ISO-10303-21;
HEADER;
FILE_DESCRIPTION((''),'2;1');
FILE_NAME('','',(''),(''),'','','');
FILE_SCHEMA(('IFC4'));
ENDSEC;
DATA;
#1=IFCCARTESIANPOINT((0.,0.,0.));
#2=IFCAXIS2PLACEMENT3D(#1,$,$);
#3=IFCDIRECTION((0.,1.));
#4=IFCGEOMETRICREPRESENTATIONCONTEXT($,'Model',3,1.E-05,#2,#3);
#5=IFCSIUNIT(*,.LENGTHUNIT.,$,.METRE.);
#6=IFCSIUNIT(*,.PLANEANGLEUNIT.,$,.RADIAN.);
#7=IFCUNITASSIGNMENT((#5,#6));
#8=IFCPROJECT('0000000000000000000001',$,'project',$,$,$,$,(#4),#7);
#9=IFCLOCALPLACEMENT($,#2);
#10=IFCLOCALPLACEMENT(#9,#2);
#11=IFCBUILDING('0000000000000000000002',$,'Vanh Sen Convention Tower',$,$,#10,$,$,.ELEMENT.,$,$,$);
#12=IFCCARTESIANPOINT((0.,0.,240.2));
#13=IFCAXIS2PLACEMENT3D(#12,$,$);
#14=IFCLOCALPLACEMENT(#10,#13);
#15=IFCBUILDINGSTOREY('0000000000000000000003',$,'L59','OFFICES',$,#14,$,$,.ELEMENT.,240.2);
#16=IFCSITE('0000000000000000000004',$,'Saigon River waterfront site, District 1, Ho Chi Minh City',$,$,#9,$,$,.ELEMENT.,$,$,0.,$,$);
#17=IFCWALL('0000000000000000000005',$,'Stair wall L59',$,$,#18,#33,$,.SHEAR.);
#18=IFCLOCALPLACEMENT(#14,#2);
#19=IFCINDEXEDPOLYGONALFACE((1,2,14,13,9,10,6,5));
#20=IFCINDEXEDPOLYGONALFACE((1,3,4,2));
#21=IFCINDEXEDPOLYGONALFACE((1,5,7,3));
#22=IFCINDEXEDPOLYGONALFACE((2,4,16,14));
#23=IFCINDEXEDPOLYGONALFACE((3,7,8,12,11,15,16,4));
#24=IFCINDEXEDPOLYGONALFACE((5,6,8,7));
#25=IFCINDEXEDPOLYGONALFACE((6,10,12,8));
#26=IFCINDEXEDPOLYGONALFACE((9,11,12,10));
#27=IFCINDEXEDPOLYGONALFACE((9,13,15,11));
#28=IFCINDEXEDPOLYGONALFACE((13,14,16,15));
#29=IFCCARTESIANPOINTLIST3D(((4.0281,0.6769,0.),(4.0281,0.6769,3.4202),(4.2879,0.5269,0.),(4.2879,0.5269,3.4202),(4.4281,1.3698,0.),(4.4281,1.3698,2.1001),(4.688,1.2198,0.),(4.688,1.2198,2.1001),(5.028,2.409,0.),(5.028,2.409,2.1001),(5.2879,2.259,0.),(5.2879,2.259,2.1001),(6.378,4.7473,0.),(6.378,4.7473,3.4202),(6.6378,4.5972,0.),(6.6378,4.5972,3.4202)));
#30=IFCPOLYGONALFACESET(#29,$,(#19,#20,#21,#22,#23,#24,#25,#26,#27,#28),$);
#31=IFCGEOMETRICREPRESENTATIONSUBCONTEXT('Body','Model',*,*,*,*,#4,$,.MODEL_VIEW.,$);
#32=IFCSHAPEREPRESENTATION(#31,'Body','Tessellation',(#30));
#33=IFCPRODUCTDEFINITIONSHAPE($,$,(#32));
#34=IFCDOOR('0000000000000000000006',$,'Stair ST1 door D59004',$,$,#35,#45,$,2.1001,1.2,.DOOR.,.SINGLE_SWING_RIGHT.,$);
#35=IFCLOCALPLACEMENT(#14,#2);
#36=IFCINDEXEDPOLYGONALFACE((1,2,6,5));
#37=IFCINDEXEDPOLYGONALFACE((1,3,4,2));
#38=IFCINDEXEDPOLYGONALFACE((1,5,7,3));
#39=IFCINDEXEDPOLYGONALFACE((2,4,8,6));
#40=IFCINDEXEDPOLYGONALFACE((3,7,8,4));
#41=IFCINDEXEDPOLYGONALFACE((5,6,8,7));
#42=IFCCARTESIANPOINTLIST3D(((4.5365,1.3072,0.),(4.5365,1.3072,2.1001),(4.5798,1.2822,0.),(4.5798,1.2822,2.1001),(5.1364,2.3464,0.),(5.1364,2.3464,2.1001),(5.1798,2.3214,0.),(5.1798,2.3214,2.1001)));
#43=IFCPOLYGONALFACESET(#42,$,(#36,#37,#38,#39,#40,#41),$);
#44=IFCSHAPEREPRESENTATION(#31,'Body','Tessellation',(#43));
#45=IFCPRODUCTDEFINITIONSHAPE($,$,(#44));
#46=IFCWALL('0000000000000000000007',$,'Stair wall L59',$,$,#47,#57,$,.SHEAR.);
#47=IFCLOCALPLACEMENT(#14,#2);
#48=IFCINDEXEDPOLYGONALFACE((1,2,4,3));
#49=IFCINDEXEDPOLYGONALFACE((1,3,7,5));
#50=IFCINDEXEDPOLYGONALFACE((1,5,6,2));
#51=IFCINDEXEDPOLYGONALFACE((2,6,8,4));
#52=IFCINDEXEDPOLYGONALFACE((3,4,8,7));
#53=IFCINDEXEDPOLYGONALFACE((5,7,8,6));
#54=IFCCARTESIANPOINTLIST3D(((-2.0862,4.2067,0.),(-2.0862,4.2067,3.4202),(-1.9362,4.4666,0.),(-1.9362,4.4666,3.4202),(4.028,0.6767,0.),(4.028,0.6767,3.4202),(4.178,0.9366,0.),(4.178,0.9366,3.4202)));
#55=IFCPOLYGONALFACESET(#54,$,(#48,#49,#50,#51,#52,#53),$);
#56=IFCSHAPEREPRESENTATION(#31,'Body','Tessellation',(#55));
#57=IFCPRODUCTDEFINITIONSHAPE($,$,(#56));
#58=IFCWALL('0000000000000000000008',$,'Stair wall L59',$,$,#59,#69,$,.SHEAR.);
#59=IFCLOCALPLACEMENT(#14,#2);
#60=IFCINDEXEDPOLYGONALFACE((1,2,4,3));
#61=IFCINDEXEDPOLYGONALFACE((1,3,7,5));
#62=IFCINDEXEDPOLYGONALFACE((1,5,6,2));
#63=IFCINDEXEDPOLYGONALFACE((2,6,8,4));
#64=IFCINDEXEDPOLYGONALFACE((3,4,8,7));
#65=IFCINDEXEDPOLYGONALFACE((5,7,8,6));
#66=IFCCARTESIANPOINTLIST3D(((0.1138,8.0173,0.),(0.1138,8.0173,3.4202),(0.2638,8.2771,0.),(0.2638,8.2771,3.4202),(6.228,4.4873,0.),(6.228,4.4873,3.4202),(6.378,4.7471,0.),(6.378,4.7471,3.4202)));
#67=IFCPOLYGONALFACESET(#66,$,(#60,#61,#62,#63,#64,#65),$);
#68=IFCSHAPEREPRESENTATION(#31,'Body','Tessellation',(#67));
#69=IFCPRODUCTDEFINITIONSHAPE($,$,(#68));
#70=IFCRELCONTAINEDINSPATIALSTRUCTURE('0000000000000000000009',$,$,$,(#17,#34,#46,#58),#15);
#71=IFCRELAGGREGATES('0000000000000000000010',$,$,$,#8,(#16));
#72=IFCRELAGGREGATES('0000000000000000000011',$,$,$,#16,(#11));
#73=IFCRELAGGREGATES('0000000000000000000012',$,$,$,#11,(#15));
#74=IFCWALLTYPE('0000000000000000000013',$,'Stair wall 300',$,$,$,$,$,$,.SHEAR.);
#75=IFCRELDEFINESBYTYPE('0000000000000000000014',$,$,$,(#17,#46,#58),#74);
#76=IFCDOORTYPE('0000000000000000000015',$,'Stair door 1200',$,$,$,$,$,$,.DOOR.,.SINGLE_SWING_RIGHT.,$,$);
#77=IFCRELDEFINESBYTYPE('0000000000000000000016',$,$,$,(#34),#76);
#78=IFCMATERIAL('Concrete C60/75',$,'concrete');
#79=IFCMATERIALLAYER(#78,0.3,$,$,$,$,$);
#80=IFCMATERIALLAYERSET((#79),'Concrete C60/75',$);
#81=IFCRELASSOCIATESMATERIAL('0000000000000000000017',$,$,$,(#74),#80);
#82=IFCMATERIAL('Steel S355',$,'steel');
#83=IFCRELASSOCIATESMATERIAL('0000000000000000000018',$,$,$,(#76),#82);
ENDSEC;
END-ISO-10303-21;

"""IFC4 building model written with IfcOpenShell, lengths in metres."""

from ifc_helpers import new_model, si_unit, direction, frame, frame_2d, origin, place, context, subcontext, project, spatial, rectangle, extrude, material, layer, layer_set, type_object, element, fill, save


model = new_model("IFC4")

# Units and contexts
model_context = context("Model", 3, precision=1e-05, world=origin(), true_north=direction((0.0, 1.0)))
body_context = subcontext(model_context, "Body", "Model", "MODEL_VIEW")
ifc_project = project(units=[si_unit("LENGTHUNIT", "METRE"), si_unit("PLANEANGLEUNIT", "RADIAN")], contexts=[model_context])

# Site, building, storey
site_placement = place(None, origin())
site = spatial("IfcSite", under=ifc_project, at=site_placement, Name="Saigon River waterfront site, District 1, Ho Chi Minh City", CompositionType="ELEMENT", RefElevation=0.0)
building_placement = place(site_placement, origin())
building = spatial("IfcBuilding", under=site, at=building_placement, Name="Vanh Sen Convention Tower", CompositionType="ELEMENT")
storey_placement = place(building_placement, frame((0.0, 0.0, 240.2)))
storey = spatial("IfcBuildingStorey", under=building, at=storey_placement, Name="L59", Description="OFFICES", CompositionType="ELEMENT", Elevation=240.2)

# Shared definitions
ifc_material_1 = material(Name="Concrete C60/75", Category="concrete")
ifc_material_2 = material(Name="Steel S355", Category="steel")

# Wall, opening, door
ifc_layer_1 = layer(ifc_material_1, 0.3)
ifc_layer_set_1 = layer_set([ifc_layer_1], Name="Concrete C60/75")
wall_type_1 = type_object("IfcWallType", Name="Stair wall 300", PredefinedType="SHEAR", material=ifc_layer_set_1)
wall_1_placement = place(storey_placement, frame((4.158, 0.6018, 0.0), z_axis=(0.0, 0.0, 1.0), x_axis=(0.499977, 0.866039, 0.0)))
wall_1 = element("IfcWall", 1, at=wall_1_placement, inside=storey, type_object=wall_type_1, Name="Stair wall L59", PredefinedType="SHEAR", context=body_context, shape_type="SweptSolid", body=[
    extrude(rectangle(XDim=4.7, YDim=0.3, at=frame_2d((2.3501, 0.0))), origin(), (0.0, 0.0, 1.0), 3.4202),
])
opening_1_placement = place(wall_1_placement, frame((0.8, 0.0, 0.0)))
opening_1 = element("IfcOpeningElement", 2, at=opening_1_placement, cuts=wall_1, PredefinedType="OPENING", context=body_context, shape_type="SweptSolid", body=[
    extrude(rectangle(XDim=1.2, YDim=2.1001, at=frame_2d((0.6001, 1.05))), frame((0.0, 0.1599, 0.0), z_axis=(0.0, -1.0, 0.0), x_axis=(1.0, 0.0, 0.0)), (0.0, 0.0, 1.0), 0.3201),
])
door_type_1 = type_object("IfcDoorType", Name="Stair door 1200", OperationType="SINGLE_SWING_RIGHT", PredefinedType="DOOR", material=ifc_material_2)
door_1_placement = place(opening_1_placement, origin())
door_1 = element("IfcDoor", 3, at=door_1_placement, inside=storey, type_object=door_type_1, Name="Stair ST1 door D59004", OperationType="SINGLE_SWING_RIGHT", OverallHeight=2.1001, OverallWidth=1.2, PredefinedType="DOOR", context=body_context, shape_type="SweptSolid", body=[
    extrude(rectangle(XDim=1.2, YDim=2.1001, at=frame_2d((0.6001, 1.05))), frame((0.0, 0.0249, 0.0), z_axis=(0.0, -1.0, 0.0), x_axis=(1.0, 0.0, 0.0)), (0.0, 0.0, 1.0), 0.05),
])
fill(opening_1, door_1)

# Walls
for number, where, z_axis, x_axis, name in (
    (4, (4.103, 0.8066, 0.0), (0.0, 0.0, 1.0), (-0.866028, 0.499996, 0.0), "Stair wall L59"),
    (5, (6.303, 4.6172, 0.0), (0.0, 0.0, 1.0), (-0.866028, 0.499996, 0.0), "Stair wall L59"),
):
    element("IfcWall", number, at=place(storey_placement, frame(where, z_axis=z_axis, x_axis=x_axis)), inside=storey, type_object=wall_type_1, Name=name, PredefinedType="SHEAR", context=body_context, shape_type="SweptSolid", body=[
        extrude(rectangle(XDim=7.0601, YDim=0.3, at=frame_2d((3.53, 0.0))), origin(), (0.0, 0.0, 1.0), 3.4202),
    ])

save(model, "model.ifc")
